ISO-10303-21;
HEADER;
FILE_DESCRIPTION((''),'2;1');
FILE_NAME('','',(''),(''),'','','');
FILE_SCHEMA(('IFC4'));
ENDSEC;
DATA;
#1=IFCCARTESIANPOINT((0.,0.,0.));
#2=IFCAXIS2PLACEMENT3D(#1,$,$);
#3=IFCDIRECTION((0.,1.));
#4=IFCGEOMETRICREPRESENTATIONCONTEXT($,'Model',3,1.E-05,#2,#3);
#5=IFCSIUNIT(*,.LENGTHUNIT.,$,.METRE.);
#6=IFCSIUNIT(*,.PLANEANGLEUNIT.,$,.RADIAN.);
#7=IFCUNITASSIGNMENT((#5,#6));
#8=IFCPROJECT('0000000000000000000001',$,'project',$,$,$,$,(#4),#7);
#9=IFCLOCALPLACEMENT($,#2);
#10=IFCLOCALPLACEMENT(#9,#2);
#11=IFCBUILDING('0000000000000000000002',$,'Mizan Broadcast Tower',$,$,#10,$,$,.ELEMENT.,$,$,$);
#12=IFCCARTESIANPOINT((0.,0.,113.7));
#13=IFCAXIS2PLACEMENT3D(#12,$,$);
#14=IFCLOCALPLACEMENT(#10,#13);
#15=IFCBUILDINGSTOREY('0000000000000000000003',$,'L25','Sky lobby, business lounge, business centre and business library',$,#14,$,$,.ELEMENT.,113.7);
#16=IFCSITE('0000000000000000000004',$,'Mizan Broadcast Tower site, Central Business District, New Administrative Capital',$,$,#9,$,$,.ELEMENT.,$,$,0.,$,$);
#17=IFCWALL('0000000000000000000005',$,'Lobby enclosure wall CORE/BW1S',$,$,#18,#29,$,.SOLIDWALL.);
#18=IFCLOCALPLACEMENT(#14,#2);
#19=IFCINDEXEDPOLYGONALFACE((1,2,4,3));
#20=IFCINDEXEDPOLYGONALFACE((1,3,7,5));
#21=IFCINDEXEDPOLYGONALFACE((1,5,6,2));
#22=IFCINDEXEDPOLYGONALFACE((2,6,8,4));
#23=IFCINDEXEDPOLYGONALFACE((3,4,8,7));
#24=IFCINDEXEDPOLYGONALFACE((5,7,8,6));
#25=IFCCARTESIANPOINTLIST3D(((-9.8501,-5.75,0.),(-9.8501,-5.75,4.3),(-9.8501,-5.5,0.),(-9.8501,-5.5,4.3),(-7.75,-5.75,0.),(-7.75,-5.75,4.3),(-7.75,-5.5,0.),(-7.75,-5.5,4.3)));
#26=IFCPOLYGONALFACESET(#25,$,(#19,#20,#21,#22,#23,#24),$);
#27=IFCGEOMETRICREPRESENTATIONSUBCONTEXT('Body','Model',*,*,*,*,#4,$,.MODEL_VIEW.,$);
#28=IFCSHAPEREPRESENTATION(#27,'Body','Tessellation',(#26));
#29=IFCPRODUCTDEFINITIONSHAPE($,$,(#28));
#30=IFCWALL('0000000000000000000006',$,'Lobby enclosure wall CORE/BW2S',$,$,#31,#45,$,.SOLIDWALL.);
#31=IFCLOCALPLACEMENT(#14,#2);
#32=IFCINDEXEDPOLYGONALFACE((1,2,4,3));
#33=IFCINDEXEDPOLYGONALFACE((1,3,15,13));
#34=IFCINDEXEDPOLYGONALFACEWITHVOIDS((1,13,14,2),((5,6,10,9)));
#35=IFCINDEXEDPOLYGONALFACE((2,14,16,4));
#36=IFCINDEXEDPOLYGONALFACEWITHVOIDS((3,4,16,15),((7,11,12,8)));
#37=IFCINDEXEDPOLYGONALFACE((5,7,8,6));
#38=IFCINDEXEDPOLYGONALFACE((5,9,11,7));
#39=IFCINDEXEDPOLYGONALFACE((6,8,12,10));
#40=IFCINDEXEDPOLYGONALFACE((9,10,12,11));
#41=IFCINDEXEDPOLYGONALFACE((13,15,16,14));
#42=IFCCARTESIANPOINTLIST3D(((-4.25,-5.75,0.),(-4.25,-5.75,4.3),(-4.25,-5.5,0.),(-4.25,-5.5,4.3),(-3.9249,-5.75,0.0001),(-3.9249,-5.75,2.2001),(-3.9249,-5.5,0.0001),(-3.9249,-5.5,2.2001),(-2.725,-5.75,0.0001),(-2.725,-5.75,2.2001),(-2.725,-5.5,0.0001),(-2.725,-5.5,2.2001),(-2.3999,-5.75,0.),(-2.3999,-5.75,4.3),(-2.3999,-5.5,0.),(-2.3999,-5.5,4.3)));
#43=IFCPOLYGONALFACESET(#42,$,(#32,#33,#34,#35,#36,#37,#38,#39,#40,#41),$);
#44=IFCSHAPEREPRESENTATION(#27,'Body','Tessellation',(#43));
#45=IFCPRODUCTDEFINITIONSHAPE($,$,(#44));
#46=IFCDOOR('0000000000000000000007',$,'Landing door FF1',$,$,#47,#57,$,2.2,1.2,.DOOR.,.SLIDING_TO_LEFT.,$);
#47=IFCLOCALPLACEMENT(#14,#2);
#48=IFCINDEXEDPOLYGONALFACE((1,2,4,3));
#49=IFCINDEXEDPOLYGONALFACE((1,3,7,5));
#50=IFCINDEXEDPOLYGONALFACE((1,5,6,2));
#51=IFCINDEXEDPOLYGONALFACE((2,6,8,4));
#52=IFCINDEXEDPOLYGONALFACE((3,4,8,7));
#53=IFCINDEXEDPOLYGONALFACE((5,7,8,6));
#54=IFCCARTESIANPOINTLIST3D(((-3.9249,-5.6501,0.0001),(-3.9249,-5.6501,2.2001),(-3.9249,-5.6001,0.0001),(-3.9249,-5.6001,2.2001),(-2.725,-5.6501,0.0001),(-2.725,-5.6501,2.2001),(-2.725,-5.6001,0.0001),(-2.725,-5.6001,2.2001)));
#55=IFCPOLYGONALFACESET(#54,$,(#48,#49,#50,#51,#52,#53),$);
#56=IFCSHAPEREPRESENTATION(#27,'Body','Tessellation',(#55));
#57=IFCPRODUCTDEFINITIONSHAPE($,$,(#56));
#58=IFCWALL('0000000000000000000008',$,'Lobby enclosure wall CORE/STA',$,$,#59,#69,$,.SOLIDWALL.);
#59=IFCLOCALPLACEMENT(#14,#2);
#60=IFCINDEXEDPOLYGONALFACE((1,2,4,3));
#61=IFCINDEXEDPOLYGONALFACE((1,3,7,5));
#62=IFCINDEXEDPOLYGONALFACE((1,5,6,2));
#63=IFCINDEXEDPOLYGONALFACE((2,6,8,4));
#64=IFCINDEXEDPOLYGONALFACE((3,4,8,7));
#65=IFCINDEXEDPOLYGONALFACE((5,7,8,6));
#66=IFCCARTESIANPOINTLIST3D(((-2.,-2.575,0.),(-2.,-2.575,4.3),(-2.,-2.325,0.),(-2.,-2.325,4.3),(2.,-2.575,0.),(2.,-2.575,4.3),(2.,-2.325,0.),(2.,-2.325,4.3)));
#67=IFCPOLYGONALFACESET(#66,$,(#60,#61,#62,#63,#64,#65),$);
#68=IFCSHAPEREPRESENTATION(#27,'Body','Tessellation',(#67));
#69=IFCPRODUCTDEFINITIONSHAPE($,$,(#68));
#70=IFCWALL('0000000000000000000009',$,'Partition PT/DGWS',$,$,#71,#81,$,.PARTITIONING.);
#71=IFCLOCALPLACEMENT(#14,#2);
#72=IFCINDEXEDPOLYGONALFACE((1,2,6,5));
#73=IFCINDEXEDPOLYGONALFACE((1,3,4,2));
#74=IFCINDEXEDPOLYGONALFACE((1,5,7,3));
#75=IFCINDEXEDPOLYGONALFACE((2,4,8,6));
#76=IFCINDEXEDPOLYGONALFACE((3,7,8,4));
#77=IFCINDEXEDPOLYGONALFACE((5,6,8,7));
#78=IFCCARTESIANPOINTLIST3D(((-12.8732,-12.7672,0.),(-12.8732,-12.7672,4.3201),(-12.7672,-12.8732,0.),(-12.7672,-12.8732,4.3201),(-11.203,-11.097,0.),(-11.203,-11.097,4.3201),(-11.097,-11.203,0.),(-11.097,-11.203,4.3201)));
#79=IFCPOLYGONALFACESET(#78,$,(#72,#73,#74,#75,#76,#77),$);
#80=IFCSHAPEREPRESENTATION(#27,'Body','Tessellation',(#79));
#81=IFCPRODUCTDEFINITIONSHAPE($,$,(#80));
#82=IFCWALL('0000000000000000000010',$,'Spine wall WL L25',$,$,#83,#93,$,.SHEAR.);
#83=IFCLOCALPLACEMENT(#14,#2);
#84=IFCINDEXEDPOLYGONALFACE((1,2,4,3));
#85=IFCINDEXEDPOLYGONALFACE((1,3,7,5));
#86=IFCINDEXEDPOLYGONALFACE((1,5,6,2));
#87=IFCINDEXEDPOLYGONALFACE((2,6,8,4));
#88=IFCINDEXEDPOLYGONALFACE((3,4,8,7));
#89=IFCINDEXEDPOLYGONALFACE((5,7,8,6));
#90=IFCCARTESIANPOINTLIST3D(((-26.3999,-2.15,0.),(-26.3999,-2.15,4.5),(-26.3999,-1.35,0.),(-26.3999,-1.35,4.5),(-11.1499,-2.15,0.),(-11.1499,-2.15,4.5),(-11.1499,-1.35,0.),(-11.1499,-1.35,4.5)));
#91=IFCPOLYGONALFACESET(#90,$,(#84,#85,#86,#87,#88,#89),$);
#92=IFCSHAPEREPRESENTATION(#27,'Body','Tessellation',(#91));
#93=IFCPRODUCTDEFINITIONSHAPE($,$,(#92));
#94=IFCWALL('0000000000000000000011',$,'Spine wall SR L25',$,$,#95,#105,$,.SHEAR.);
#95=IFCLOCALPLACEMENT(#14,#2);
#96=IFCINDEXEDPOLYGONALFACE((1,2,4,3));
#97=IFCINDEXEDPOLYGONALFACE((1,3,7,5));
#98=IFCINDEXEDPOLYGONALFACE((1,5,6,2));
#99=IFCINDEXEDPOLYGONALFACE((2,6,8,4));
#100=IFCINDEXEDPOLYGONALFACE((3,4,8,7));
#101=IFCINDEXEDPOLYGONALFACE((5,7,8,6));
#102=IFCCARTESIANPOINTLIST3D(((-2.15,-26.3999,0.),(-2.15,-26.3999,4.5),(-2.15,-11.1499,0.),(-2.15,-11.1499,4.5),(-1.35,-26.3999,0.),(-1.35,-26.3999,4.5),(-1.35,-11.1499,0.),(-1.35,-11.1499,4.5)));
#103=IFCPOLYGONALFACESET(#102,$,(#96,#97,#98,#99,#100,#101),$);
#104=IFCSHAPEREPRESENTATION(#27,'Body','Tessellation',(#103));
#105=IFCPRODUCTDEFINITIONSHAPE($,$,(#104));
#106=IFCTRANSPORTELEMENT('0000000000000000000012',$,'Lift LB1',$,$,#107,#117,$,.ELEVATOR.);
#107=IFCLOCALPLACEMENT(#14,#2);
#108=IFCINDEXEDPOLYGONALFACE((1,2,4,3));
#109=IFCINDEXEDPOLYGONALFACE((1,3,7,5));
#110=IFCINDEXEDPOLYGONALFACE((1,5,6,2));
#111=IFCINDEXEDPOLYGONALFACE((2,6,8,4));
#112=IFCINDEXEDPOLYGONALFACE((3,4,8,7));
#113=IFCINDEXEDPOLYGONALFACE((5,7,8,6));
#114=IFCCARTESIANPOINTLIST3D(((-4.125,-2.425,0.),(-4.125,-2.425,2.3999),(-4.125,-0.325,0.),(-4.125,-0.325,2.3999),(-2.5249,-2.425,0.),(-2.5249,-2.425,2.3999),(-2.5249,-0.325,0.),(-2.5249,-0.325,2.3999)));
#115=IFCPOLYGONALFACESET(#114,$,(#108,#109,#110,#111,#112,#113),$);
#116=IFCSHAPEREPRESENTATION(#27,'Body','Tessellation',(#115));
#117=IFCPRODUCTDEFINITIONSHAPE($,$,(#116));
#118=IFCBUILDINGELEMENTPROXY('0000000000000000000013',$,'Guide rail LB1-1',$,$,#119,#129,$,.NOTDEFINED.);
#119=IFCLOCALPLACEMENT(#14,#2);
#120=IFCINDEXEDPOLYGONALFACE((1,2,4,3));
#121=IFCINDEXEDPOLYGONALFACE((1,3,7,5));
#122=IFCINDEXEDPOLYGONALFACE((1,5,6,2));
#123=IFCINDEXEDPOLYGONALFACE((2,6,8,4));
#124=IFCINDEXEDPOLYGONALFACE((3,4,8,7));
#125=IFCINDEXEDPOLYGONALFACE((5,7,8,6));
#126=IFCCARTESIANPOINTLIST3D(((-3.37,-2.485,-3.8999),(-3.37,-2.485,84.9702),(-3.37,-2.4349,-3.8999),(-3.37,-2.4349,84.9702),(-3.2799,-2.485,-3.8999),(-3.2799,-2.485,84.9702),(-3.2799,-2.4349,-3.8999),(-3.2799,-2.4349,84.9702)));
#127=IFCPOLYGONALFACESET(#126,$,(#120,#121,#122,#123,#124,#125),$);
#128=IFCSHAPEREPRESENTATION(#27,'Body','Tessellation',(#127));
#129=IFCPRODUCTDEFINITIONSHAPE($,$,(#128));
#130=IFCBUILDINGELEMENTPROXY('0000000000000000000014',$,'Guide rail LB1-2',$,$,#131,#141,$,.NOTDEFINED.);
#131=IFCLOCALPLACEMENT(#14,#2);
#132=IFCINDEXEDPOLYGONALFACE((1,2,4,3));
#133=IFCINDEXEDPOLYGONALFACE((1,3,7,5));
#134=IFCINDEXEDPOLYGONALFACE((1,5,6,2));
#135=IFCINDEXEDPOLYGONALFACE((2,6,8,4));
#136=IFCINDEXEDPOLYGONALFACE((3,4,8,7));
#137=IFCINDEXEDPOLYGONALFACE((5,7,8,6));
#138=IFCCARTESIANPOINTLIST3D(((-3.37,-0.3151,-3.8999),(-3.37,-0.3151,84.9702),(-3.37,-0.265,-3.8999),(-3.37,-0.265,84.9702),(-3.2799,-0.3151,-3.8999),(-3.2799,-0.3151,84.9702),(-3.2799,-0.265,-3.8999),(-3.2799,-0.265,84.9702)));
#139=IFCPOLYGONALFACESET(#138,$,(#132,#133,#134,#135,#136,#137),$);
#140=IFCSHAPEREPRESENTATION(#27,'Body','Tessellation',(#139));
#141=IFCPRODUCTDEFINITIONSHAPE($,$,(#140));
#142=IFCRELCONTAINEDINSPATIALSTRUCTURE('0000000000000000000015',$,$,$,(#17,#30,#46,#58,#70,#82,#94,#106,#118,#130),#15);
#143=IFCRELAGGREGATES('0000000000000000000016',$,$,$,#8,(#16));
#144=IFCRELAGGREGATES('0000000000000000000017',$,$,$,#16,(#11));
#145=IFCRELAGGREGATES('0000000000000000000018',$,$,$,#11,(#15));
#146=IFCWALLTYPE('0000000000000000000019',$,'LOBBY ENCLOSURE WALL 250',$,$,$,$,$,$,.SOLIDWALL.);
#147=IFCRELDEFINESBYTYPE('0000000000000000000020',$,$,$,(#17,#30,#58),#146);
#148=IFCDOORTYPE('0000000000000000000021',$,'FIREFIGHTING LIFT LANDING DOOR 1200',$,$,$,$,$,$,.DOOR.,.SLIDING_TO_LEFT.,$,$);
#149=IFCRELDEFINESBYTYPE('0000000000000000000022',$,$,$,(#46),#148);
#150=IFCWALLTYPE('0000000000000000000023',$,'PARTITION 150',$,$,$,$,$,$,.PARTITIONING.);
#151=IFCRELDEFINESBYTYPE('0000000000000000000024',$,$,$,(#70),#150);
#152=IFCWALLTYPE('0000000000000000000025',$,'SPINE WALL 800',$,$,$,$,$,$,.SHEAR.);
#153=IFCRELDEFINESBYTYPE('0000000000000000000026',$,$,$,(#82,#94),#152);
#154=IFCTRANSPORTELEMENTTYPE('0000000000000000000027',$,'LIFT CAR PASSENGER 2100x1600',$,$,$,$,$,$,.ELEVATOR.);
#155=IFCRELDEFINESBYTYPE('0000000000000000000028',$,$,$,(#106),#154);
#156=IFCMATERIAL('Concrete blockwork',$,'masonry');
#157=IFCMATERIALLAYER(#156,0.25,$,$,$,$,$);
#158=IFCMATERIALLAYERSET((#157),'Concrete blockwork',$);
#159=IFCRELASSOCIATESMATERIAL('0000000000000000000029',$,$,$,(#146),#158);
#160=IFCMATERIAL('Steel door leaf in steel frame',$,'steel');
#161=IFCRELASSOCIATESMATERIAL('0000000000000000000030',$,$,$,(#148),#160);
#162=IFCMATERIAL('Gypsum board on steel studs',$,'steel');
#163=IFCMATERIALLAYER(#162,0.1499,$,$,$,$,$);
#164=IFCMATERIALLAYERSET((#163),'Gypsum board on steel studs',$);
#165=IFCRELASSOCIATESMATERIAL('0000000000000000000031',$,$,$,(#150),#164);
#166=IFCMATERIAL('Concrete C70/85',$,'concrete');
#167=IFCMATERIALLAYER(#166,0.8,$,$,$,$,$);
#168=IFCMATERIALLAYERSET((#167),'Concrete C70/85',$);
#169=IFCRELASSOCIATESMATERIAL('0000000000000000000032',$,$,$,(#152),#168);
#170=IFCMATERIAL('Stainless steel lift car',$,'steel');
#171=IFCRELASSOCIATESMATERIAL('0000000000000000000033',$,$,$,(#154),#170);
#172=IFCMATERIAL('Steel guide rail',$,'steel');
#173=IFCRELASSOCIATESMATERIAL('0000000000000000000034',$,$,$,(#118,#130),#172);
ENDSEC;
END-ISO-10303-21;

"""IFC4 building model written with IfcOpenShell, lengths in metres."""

from ifc_helpers import new_model, si_unit, direction, frame, frame_2d, origin, origin_2d, place, context, subcontext, project, spatial, rectangle, extrude, material, layer, layer_set, type_object, element, fill, save


model = new_model("IFC4")

# Units and contexts
model_context = context("Model", 3, precision=1e-05, world=origin(), true_north=direction((0.0, 1.0)))
body_context = subcontext(model_context, "Body", "Model", "MODEL_VIEW")
ifc_project = project(units=[si_unit("LENGTHUNIT", "METRE"), si_unit("PLANEANGLEUNIT", "RADIAN")], contexts=[model_context])

# Site, building, storey
site_placement = place(None, origin())
site = spatial("IfcSite", under=ifc_project, at=site_placement, Name="Mizan Broadcast Tower site, Central Business District, New Administrative Capital", CompositionType="ELEMENT", RefElevation=0.0)
building_placement = place(site_placement, origin())
building = spatial("IfcBuilding", under=site, at=building_placement, Name="Mizan Broadcast Tower", CompositionType="ELEMENT")
storey_placement = place(building_placement, frame((0.0, 0.0, 113.7)))
storey = spatial("IfcBuildingStorey", under=building, at=storey_placement, Name="L25", Description="Sky lobby, business lounge, business centre and business library", CompositionType="ELEMENT", Elevation=113.7)

# Wall
ifc_material_1 = material(Name="Concrete blockwork", Category="masonry")
ifc_layer_1 = layer(ifc_material_1, 0.25)
ifc_layer_set_1 = layer_set([ifc_layer_1], Name="Concrete blockwork")
wall_type_1 = type_object("IfcWallType", Name="LOBBY ENCLOSURE WALL 250", PredefinedType="SOLIDWALL", material=ifc_layer_set_1)
wall_1_placement = place(storey_placement, frame((-9.8501, -5.625, 0.0), z_axis=(0.0, 0.0, 1.0), x_axis=(1.0, 0.0, 0.0)))
element("IfcWall", 1, at=wall_1_placement, inside=storey, type_object=wall_type_1, Name="Lobby enclosure wall CORE/BW1S", PredefinedType="SOLIDWALL", context=body_context, shape_type="SweptSolid", body=[
    extrude(rectangle(XDim=2.1001, YDim=0.25, at=frame_2d((1.05, 0.0))), origin(), (0.0, 0.0, 1.0), 4.3),
])

# Wall, opening, door
wall_2_placement = place(storey_placement, frame((-4.25, -5.625, 0.0), z_axis=(0.0, 0.0, 1.0), x_axis=(1.0, 0.0, 0.0)))
wall_2 = element("IfcWall", 2, at=wall_2_placement, inside=storey, type_object=wall_type_1, Name="Lobby enclosure wall CORE/BW2S", PredefinedType="SOLIDWALL", context=body_context, shape_type="SweptSolid", body=[
    extrude(rectangle(XDim=1.8501, YDim=0.25, at=frame_2d((0.925, 0.0))), origin(), (0.0, 0.0, 1.0), 4.3),
])
opening_1_placement = place(wall_2_placement, frame((0.325, 0.0, 0.0)))
opening_1 = element("IfcOpeningElement", 3, at=opening_1_placement, cuts=wall_2, PredefinedType="OPENING", context=body_context, shape_type="SweptSolid", body=[
    extrude(rectangle(XDim=1.2, YDim=2.2, at=frame_2d((0.6001, 1.1001))), frame((0.0, 0.135, 0.0), z_axis=(0.0, -1.0, 0.0), x_axis=(1.0, 0.0, 0.0)), (0.0, 0.0, 1.0), 0.27),
])
ifc_material_2 = material(Name="Steel door leaf in steel frame", Category="steel")
door_type_1 = type_object("IfcDoorType", Name="FIREFIGHTING LIFT LANDING DOOR 1200", OperationType="SLIDING_TO_LEFT", PredefinedType="DOOR", material=ifc_material_2)
door_1_placement = place(opening_1_placement, origin())
door_1 = element("IfcDoor", 4, at=door_1_placement, inside=storey, type_object=door_type_1, Name="Landing door FF1", OperationType="SLIDING_TO_LEFT", OverallHeight=2.2, OverallWidth=1.2, PredefinedType="DOOR", context=body_context, shape_type="SweptSolid", body=[
    extrude(rectangle(XDim=1.2, YDim=2.2, at=frame_2d((0.6001, 1.1001))), frame((0.0, 0.0249, 0.0), z_axis=(0.0, -1.0, 0.0), x_axis=(1.0, 0.0, 0.0)), (0.0, 0.0, 1.0), 0.05),
])
fill(opening_1, door_1)

# Walls
wall_3_placement = place(storey_placement, frame((-2.0, -2.45, 0.0), z_axis=(0.0, 0.0, 1.0), x_axis=(1.0, 0.0, 0.0)))
element("IfcWall", 5, at=wall_3_placement, inside=storey, type_object=wall_type_1, Name="Lobby enclosure wall CORE/STA", PredefinedType="SOLIDWALL", context=body_context, shape_type="SweptSolid", body=[
    extrude(rectangle(XDim=4.0, YDim=0.25, at=frame_2d((2.0, 0.0))), origin(), (0.0, 0.0, 1.0), 4.3),
])
ifc_material_3 = material(Name="Gypsum board on steel studs", Category="steel")
ifc_layer_2 = layer(ifc_material_3, 0.1499)
ifc_layer_set_2 = layer_set([ifc_layer_2], Name="Gypsum board on steel studs")
wall_type_2 = type_object("IfcWallType", Name="PARTITION 150", PredefinedType="PARTITIONING", material=ifc_layer_set_2)
wall_4_placement = place(storey_placement, frame((-11.1499, -11.1499, 0.0), z_axis=(0.0, 0.0, 1.0), x_axis=(-0.707107, -0.707107, 0.0)))
element("IfcWall", 6, at=wall_4_placement, inside=storey, type_object=wall_type_2, Name="Partition PT/DGWS", PredefinedType="PARTITIONING", context=body_context, shape_type="SweptSolid", body=[
    extrude(rectangle(XDim=2.3621, YDim=0.1499, at=frame_2d((1.1812, 0.0))), origin(), (0.0, 0.0, 1.0), 4.3201),
])
ifc_material_4 = material(Name="Concrete C70/85", Category="concrete")
ifc_layer_3 = layer(ifc_material_4, 0.8)
ifc_layer_set_3 = layer_set([ifc_layer_3], Name="Concrete C70/85")
wall_type_3 = type_object("IfcWallType", Name="SPINE WALL 800", PredefinedType="SHEAR", material=ifc_layer_set_3)
for number, where, z_axis, x_axis, name in (
    (7, (-11.1499, -1.75, 0.0), (0.0, 0.0, 1.0), (-1.0, 0.0, 0.0), "Spine wall WL L25"),
    (8, (-1.75, -11.1499, 0.0), (0.0, 0.0, 1.0), (0.0, -1.0, 0.0), "Spine wall SR L25"),
):
    element("IfcWall", number, at=place(storey_placement, frame(where, z_axis=z_axis, x_axis=x_axis)), inside=storey, type_object=wall_type_3, Name=name, PredefinedType="SHEAR", context=body_context, shape_type="SweptSolid", body=[
        extrude(rectangle(XDim=15.25, YDim=0.8, at=frame_2d((7.625, 0.0))), origin(), (0.0, 0.0, 1.0), 4.5),
    ])

# Transport element
ifc_material_5 = material(Name="Stainless steel lift car", Category="steel")
transport_element_type = type_object("IfcTransportElementType", Name="LIFT CAR PASSENGER 2100x1600", PredefinedType="ELEVATOR", material=ifc_material_5)
transport_element_placement = place(storey_placement, frame((-3.325, -1.375, 0.0), z_axis=(0.0, 0.0, 1.0), x_axis=(1.0, 0.0, 0.0)))
element("IfcTransportElement", 9, at=transport_element_placement, inside=storey, type_object=transport_element_type, Name="Lift LB1", PredefinedType="ELEVATOR", context=body_context, shape_type="SweptSolid", body=[
    extrude(rectangle(XDim=1.6001, YDim=2.1001, at=origin_2d()), origin(), (0.0, 0.0, 1.0), 2.3999),
])

# Building element proxies
ifc_material_6 = material(Name="Steel guide rail", Category="steel")
for number, where, z_axis, x_axis, name in (
    (10, (-3.325, -2.46, -3.8999), (0.0, 0.0, 1.0), (1.0, 0.0, 0.0), "Guide rail LB1-1"),
    (11, (-3.325, -0.29, -3.8999), (0.0, 0.0, 1.0), (1.0, 0.0, 0.0), "Guide rail LB1-2"),
):
    element("IfcBuildingElementProxy", number, at=place(storey_placement, frame(where, z_axis=z_axis, x_axis=x_axis)), inside=storey, material=ifc_material_6, Name=name, PredefinedType="NOTDEFINED", context=body_context, shape_type="SweptSolid", body=[
        extrude(rectangle(XDim=0.0901, YDim=0.05, at=origin_2d()), origin(), (0.0, 0.0, 1.0), 88.8701),
    ])

save(model, "model.ifc")
